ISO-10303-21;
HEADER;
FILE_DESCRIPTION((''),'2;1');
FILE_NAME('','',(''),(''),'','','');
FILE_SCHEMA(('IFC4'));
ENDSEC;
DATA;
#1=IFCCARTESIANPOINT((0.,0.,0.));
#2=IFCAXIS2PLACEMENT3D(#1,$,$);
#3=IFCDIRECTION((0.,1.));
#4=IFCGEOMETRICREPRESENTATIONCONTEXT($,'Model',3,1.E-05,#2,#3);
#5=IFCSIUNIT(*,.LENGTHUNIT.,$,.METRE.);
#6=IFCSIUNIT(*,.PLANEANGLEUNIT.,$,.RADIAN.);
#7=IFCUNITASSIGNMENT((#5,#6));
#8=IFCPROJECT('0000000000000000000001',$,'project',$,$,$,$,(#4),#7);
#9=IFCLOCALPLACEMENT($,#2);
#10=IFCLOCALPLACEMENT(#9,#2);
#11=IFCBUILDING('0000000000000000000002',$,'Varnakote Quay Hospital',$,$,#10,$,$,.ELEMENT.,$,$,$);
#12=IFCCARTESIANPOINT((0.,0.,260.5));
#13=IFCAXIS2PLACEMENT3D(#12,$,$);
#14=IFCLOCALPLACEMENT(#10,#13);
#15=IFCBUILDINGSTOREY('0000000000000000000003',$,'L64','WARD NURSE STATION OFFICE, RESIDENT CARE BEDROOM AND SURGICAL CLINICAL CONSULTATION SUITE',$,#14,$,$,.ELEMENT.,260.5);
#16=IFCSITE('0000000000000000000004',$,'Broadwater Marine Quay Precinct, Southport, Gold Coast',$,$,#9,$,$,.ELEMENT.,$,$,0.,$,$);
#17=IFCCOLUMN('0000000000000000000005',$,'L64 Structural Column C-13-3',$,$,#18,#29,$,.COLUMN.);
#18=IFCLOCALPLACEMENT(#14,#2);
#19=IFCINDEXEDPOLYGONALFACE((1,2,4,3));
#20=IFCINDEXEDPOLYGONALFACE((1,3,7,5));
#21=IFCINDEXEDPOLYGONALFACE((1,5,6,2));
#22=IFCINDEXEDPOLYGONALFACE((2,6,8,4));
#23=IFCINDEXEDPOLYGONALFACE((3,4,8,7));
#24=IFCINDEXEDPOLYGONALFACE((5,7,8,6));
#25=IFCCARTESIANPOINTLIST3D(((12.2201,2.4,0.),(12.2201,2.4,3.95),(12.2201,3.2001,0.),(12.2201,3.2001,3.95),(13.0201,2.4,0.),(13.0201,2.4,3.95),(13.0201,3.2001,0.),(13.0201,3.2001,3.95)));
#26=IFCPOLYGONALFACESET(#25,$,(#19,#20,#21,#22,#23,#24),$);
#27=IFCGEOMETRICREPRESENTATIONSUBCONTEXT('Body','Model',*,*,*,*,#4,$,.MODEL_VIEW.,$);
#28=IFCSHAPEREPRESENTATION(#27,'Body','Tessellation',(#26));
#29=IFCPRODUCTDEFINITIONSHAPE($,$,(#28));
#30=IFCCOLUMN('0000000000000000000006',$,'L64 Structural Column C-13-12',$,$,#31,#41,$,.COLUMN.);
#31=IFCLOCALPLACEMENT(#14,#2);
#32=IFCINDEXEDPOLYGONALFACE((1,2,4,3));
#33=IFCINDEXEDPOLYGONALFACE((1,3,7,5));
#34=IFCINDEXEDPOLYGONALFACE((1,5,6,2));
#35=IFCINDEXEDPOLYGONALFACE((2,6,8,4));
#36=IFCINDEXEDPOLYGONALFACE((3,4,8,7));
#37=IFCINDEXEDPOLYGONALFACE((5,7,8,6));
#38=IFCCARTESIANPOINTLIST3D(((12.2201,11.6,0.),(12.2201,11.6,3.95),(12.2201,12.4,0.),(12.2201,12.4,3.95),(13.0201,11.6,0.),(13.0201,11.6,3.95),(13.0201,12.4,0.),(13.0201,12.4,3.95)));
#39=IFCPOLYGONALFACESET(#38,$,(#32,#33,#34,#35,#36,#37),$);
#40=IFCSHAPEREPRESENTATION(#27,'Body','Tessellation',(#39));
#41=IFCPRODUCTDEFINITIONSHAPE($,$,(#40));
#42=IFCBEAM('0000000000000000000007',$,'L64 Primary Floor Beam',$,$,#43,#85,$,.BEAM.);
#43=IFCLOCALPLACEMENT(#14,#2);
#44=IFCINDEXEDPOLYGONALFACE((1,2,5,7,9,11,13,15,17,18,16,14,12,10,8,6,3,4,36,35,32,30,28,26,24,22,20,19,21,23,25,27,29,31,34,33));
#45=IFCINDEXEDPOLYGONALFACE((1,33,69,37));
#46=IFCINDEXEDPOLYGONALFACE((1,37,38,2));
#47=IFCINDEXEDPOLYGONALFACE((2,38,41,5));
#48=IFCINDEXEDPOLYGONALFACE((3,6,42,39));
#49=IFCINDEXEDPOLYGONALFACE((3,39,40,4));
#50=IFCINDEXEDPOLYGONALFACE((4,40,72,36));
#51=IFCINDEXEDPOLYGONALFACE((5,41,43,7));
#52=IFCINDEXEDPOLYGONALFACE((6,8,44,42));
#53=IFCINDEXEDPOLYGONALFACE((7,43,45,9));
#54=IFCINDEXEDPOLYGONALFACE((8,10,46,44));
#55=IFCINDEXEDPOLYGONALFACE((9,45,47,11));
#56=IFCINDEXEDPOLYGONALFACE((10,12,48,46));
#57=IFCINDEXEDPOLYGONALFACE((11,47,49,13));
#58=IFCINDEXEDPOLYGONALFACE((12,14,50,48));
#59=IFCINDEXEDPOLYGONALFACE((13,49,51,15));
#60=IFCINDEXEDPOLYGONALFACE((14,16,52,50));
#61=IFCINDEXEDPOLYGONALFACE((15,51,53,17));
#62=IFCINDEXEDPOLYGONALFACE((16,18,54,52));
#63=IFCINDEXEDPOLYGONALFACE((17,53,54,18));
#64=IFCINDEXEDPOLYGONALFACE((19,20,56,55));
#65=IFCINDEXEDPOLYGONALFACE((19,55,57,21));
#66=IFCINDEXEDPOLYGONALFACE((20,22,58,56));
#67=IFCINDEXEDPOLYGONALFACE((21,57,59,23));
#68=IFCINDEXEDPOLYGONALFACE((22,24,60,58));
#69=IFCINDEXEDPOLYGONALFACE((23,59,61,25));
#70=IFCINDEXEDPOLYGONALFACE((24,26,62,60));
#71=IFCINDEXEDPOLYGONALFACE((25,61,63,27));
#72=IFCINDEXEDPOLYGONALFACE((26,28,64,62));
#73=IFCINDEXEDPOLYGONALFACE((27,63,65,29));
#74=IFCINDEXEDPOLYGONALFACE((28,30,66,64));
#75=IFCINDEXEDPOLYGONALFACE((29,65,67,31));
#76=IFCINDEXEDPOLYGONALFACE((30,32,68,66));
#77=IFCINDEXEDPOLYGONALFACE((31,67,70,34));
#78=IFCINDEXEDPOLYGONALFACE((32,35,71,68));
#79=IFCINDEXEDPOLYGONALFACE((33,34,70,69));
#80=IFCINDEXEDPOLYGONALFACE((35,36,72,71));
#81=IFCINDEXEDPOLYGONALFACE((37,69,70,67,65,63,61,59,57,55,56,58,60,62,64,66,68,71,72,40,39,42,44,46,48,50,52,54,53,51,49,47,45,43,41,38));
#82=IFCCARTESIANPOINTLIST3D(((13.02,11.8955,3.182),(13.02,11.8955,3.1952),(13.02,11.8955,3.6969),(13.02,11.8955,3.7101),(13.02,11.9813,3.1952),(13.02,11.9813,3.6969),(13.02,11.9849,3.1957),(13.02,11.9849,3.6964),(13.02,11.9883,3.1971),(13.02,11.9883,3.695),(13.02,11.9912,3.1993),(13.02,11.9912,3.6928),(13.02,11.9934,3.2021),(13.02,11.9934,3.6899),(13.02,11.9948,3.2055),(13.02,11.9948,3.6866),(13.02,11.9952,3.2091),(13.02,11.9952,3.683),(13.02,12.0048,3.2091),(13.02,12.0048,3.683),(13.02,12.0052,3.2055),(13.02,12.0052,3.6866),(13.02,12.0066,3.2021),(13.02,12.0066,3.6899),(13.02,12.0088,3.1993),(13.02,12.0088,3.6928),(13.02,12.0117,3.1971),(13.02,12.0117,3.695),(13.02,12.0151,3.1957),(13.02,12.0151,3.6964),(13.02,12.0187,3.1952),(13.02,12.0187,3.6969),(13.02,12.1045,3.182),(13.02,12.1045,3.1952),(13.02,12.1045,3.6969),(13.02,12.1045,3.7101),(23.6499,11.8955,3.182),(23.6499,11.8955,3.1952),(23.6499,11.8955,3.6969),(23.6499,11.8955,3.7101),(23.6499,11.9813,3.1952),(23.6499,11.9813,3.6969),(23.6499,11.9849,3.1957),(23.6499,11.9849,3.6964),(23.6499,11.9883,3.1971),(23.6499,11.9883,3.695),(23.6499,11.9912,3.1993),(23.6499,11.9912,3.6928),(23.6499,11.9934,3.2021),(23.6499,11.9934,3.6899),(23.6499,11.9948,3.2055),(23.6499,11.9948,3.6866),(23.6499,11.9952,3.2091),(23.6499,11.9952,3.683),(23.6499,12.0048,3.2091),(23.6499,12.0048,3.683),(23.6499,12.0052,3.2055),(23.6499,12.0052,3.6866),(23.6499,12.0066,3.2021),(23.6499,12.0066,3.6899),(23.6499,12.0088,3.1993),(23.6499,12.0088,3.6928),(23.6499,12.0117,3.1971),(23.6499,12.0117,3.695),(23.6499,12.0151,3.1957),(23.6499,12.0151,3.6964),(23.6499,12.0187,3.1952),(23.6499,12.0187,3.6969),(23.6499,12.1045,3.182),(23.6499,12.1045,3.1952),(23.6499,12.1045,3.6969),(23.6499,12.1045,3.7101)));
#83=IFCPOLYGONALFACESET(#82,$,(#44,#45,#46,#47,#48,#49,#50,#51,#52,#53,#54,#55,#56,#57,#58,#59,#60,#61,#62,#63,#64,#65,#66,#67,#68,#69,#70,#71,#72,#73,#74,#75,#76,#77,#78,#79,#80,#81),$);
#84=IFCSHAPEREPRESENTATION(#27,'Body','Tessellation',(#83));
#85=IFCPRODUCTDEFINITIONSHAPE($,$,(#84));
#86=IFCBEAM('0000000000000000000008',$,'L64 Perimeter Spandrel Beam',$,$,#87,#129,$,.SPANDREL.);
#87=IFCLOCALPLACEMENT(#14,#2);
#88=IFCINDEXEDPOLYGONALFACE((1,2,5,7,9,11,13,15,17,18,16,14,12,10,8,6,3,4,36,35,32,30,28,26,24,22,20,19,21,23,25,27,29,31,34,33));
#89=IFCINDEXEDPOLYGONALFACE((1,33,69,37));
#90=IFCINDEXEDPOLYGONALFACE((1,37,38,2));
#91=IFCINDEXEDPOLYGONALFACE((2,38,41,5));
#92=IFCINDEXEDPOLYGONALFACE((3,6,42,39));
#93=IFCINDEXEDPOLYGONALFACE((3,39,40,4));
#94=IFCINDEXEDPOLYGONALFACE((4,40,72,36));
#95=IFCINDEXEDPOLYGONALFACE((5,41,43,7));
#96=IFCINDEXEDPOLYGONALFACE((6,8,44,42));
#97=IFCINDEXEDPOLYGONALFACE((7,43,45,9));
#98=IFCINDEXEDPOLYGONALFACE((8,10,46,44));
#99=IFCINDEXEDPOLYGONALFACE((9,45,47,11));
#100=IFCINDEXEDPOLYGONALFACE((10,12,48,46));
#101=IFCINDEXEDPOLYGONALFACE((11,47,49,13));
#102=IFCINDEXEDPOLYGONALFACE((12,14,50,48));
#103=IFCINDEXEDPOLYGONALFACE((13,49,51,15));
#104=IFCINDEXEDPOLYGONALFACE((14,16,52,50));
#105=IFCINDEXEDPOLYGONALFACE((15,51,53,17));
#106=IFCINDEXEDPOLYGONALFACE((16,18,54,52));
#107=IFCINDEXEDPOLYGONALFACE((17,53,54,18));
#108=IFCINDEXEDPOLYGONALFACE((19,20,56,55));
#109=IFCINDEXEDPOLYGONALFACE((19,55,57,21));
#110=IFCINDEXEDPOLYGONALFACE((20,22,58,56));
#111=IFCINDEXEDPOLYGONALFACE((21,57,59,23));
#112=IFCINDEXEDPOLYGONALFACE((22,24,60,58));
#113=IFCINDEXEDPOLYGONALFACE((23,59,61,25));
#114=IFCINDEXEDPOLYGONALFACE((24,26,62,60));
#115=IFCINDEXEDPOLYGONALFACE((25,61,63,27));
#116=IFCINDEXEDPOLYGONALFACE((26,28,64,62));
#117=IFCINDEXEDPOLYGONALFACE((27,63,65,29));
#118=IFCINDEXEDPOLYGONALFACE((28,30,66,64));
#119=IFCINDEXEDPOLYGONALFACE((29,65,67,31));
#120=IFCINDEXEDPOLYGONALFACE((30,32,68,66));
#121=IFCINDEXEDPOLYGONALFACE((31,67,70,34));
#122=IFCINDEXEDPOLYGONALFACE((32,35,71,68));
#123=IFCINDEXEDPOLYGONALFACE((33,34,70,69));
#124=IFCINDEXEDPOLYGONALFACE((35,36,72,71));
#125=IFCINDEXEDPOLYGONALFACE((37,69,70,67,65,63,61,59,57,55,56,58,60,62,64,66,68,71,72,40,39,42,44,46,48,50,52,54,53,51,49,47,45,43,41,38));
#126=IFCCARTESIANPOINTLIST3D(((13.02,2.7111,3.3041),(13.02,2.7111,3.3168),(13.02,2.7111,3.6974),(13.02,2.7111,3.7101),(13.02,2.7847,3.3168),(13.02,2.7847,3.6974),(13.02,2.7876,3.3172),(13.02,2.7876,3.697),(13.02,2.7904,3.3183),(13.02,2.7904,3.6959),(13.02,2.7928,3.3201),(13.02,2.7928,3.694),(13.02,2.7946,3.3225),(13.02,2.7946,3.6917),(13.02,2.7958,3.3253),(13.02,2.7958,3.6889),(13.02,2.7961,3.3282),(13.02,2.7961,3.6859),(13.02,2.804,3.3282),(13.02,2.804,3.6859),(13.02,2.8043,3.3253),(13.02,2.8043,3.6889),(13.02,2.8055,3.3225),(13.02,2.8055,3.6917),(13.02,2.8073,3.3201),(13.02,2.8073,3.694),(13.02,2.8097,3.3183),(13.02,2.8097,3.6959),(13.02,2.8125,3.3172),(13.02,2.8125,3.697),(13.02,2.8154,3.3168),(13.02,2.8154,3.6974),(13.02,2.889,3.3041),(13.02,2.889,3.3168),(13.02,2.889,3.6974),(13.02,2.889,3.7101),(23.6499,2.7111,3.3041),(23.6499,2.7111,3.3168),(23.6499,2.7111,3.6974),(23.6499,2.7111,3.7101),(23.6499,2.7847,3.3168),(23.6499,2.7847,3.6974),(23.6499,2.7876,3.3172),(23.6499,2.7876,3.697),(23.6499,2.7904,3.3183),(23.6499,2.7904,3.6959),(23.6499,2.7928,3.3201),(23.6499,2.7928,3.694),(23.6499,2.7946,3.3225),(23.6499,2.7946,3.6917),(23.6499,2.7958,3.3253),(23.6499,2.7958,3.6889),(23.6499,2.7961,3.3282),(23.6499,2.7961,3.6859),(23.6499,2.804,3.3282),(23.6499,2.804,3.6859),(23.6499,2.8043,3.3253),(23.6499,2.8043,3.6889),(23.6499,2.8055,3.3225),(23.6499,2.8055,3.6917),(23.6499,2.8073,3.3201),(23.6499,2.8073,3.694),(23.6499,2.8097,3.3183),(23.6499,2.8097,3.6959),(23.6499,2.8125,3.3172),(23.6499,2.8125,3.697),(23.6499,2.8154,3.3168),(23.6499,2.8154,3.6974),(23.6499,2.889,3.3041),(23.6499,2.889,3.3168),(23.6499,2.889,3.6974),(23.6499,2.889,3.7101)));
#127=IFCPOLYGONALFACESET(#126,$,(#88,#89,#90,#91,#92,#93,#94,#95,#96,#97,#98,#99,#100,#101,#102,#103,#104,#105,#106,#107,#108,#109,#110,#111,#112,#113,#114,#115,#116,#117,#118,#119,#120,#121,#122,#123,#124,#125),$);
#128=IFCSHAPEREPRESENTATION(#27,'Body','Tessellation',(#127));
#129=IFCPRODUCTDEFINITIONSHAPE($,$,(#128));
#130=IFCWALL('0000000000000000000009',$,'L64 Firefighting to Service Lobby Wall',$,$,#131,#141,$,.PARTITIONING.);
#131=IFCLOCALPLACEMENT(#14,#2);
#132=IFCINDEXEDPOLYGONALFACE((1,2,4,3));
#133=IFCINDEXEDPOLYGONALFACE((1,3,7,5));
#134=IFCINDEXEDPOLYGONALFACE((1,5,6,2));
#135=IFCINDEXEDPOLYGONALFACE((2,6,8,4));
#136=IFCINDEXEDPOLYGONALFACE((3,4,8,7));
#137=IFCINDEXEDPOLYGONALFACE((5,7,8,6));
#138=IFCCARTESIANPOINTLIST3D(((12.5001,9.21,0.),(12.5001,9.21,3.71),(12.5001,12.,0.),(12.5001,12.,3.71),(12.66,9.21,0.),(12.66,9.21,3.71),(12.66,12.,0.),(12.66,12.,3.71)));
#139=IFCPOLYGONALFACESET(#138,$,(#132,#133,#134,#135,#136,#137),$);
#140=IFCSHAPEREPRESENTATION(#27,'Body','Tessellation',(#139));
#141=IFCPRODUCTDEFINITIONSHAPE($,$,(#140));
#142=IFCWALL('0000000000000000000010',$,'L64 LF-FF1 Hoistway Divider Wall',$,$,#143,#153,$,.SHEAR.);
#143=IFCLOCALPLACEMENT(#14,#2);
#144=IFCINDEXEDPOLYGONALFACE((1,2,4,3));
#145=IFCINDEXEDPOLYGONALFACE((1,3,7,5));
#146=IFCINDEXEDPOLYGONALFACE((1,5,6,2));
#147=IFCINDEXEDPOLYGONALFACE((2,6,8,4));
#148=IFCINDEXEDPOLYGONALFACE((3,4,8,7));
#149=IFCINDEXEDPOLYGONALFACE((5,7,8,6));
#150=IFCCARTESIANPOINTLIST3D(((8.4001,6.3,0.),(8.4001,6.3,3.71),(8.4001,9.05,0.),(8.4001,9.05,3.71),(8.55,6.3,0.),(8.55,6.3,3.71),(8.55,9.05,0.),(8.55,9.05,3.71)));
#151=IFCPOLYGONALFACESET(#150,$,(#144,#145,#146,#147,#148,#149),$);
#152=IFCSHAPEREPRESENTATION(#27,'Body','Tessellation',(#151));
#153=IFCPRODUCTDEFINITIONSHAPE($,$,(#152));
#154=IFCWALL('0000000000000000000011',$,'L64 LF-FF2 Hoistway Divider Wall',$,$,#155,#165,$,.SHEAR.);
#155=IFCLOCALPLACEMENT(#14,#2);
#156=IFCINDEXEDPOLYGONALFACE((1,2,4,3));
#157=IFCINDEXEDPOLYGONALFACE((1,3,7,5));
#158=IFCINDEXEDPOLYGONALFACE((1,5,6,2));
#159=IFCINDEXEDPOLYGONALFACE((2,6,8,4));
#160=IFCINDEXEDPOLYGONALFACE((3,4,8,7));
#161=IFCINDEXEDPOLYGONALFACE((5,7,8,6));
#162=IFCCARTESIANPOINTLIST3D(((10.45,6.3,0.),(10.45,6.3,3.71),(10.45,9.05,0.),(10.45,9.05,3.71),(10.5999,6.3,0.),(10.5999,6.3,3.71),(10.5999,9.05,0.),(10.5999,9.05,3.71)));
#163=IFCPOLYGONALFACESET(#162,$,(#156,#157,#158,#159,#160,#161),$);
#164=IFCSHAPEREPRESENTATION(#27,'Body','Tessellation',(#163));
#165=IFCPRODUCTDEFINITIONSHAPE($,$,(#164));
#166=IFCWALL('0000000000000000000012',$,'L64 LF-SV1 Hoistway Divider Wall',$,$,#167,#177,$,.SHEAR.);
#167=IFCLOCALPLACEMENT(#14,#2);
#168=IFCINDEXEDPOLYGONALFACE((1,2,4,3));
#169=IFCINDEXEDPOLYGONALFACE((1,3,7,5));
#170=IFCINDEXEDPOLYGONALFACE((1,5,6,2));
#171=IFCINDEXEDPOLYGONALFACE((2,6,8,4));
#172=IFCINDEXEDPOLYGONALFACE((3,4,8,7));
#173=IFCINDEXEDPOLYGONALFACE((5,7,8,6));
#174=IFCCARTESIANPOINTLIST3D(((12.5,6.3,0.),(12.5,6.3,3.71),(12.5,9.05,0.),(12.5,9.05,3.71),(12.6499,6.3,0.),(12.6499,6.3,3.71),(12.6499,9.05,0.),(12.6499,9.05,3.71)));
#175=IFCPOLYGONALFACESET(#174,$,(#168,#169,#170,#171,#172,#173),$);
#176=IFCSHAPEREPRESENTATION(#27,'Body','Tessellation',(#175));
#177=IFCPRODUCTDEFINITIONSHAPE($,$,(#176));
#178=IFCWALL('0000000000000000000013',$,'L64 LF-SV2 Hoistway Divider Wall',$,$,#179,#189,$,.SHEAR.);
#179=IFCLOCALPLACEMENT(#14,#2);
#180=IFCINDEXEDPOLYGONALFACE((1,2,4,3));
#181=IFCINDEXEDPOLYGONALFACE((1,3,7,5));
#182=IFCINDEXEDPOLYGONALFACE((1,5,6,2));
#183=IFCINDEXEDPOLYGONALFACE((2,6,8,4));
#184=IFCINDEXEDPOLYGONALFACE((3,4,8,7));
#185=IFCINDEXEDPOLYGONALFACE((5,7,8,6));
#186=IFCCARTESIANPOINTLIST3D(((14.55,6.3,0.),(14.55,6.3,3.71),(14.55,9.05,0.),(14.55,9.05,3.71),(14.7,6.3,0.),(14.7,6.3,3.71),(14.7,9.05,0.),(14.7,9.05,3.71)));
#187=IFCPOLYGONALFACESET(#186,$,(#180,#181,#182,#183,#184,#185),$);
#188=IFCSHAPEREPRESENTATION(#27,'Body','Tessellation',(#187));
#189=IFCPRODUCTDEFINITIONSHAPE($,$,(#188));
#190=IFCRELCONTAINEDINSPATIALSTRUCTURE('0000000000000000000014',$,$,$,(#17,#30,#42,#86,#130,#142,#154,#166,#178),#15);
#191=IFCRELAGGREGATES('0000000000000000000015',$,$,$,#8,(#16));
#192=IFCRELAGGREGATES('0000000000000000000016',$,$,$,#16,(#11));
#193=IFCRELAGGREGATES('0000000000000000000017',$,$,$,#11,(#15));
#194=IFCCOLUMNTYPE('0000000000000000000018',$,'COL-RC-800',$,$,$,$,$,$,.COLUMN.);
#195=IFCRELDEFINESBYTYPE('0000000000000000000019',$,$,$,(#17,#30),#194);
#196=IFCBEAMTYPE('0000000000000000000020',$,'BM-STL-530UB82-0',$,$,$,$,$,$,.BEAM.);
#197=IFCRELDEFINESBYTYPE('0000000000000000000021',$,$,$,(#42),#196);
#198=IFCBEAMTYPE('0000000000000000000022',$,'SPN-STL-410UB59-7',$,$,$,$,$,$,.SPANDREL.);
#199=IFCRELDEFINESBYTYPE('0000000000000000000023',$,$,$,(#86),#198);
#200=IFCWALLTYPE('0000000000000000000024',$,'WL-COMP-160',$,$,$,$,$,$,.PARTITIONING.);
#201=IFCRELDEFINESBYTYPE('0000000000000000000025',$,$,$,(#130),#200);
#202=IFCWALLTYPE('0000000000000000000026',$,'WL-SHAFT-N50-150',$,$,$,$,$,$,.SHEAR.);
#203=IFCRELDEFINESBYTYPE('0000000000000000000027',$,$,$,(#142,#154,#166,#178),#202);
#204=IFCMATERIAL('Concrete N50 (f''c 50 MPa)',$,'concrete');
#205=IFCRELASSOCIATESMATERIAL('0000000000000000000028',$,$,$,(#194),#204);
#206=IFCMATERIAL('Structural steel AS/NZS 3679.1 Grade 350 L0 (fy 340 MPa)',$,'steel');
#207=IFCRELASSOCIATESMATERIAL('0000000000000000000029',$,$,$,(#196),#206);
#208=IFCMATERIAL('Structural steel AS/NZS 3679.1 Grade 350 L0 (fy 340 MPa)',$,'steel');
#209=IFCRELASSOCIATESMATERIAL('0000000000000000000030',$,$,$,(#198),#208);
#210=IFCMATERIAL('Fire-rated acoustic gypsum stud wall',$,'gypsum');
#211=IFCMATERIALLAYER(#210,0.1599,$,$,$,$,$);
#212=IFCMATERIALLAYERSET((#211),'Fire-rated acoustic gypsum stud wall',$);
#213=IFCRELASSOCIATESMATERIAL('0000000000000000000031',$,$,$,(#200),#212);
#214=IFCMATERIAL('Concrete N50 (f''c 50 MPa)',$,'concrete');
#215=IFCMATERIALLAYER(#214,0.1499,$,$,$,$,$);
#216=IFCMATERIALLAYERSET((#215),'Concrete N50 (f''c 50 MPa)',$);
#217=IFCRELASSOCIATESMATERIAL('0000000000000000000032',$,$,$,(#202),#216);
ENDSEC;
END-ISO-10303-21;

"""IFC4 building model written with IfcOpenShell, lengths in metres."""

from ifc_helpers import new_model, si_unit, direction, frame, frame_2d, origin, origin_2d, place, context, subcontext, project, spatial, rectangle, i_section, extrude, material, layer, layer_set, material_profile, profile_set, type_object, element, save


model = new_model("IFC4")

# Units and contexts
model_context = context("Model", 3, precision=1e-05, world=origin(), true_north=direction((0.0, 1.0)))
body_context = subcontext(model_context, "Body", "Model", "MODEL_VIEW")
ifc_project = project(units=[si_unit("LENGTHUNIT", "METRE"), si_unit("PLANEANGLEUNIT", "RADIAN")], contexts=[model_context])

# Site, building, storey
site_placement = place(None, origin())
site = spatial("IfcSite", under=ifc_project, at=site_placement, Name="Broadwater Marine Quay Precinct, Southport, Gold Coast", CompositionType="ELEMENT", RefElevation=0.0)
building_placement = place(site_placement, origin())
building = spatial("IfcBuilding", under=site, at=building_placement, Name="Varnakote Quay Hospital", CompositionType="ELEMENT")
storey_placement = place(building_placement, frame((0.0, 0.0, 260.5)))
storey = spatial("IfcBuildingStorey", under=building, at=storey_placement, Name="L64", Description="WARD NURSE STATION OFFICE, RESIDENT CARE BEDROOM AND SURGICAL CLINICAL CONSULTATION SUITE", CompositionType="ELEMENT", Elevation=260.5)

# Columns
ifc_material_1 = material(Name="Concrete N50 (f'c 50 MPa)", Category="concrete")
ifc_material_profile_1 = material_profile(ifc_material_1, rectangle(XDim=0.8, YDim=0.8, at=origin_2d()), Name="RC-COL-800x800")
ifc_profile_set_1 = profile_set([ifc_material_profile_1], Name="Concrete N50 (f'c 50 MPa)")
column_type = type_object("IfcColumnType", Name="COL-RC-800", PredefinedType="COLUMN", material=ifc_profile_set_1)
for number, where, z_axis, x_axis, name in (
    (1, (12.6201, 2.8, 0.0), (0.0, 0.0, 1.0), (1.0, 0.0, 0.0), "L64 Structural Column C-13-3"),
    (2, (12.6201, 12.0, 0.0), (0.0, 0.0, 1.0), (1.0, 0.0, 0.0), "L64 Structural Column C-13-12"),
):
    element("IfcColumn", number, at=place(storey_placement, frame(where, z_axis=z_axis, x_axis=x_axis)), inside=storey, type_object=column_type, Name=name, PredefinedType="COLUMN", context=body_context, shape_type="SweptSolid", body=[
        extrude(rectangle(XDim=0.8, YDim=0.8, at=origin_2d()), origin(), (0.0, 0.0, 1.0), 3.95),
    ])

# Beams
ifc_material_2 = material(Name="Structural steel AS/NZS 3679.1 Grade 350 L0 (fy 340 MPa)", Category="steel")
ifc_material_profile_2 = material_profile(ifc_material_2, i_section(OverallWidth=0.209, OverallDepth=0.5281, WebThickness=0.0095, FlangeThickness=0.0132, FilletRadius=0.0139, at=origin_2d()), Name="530UB82.0")
ifc_profile_set_2 = profile_set([ifc_material_profile_2], Name="Structural steel AS/NZS 3679.1 Grade 350 L0 (fy 340 MPa)")
beam_type_1 = type_object("IfcBeamType", Name="BM-STL-530UB82-0", PredefinedType="BEAM", material=ifc_profile_set_2)
beam_1_placement = place(storey_placement, frame((13.02, 12.0, 3.446), z_axis=(1.0, 0.0, 0.0), x_axis=(0.0, 1.0, 0.0)))
element("IfcBeam", 3, at=beam_1_placement, inside=storey, type_object=beam_type_1, Name="L64 Primary Floor Beam", PredefinedType="BEAM", context=body_context, shape_type="SweptSolid", body=[
    extrude(i_section(OverallWidth=0.209, OverallDepth=0.5281, WebThickness=0.0095, FlangeThickness=0.0132, FilletRadius=0.0139, at=origin_2d()), origin(), (0.0, 0.0, 1.0), 10.6299),
])
ifc_material_3 = material(Name="Structural steel AS/NZS 3679.1 Grade 350 L0 (fy 340 MPa)", Category="steel")
ifc_material_profile_3 = material_profile(ifc_material_3, i_section(OverallWidth=0.178, OverallDepth=0.406, WebThickness=0.0078, FlangeThickness=0.0127, FilletRadius=0.0115, at=origin_2d()), Name="410UB59.7")
ifc_profile_set_3 = profile_set([ifc_material_profile_3], Name="Structural steel AS/NZS 3679.1 Grade 350 L0 (fy 340 MPa)")
beam_type_2 = type_object("IfcBeamType", Name="SPN-STL-410UB59-7", PredefinedType="SPANDREL", material=ifc_profile_set_3)
beam_2_placement = place(storey_placement, frame((13.02, 2.8, 3.5071), z_axis=(1.0, 0.0, 0.0), x_axis=(0.0, 1.0, 0.0)))
element("IfcBeam", 4, at=beam_2_placement, inside=storey, type_object=beam_type_2, Name="L64 Perimeter Spandrel Beam", PredefinedType="SPANDREL", context=body_context, shape_type="SweptSolid", body=[
    extrude(i_section(OverallWidth=0.178, OverallDepth=0.406, WebThickness=0.0078, FlangeThickness=0.0127, FilletRadius=0.0115, at=origin_2d()), origin(), (0.0, 0.0, 1.0), 10.6299),
])

# Walls
ifc_material_4 = material(Name="Fire-rated acoustic gypsum stud wall", Category="gypsum")
ifc_layer_1 = layer(ifc_material_4, 0.1599)
ifc_layer_set_1 = layer_set([ifc_layer_1], Name="Fire-rated acoustic gypsum stud wall")
wall_type_1 = type_object("IfcWallType", Name="WL-COMP-160", PredefinedType="PARTITIONING", material=ifc_layer_set_1)
wall_1_placement = place(storey_placement, frame((12.5801, 9.21, 0.0), z_axis=(0.0, 0.0, 1.0), x_axis=(0.0, 1.0, 0.0)))
element("IfcWall", 5, at=wall_1_placement, inside=storey, type_object=wall_type_1, Name="L64 Firefighting to Service Lobby Wall", PredefinedType="PARTITIONING", context=body_context, shape_type="SweptSolid", body=[
    extrude(rectangle(XDim=2.79, YDim=0.1599, at=frame_2d((1.395, 0.0))), origin(), (0.0, 0.0, 1.0), 3.71),
])
ifc_material_5 = material(Name="Concrete N50 (f'c 50 MPa)", Category="concrete")
ifc_layer_2 = layer(ifc_material_5, 0.1499)
ifc_layer_set_2 = layer_set([ifc_layer_2], Name="Concrete N50 (f'c 50 MPa)")
wall_type_2 = type_object("IfcWallType", Name="WL-SHAFT-N50-150", PredefinedType="SHEAR", material=ifc_layer_set_2)
for number, where, z_axis, x_axis, name in (
    (6, (8.4751, 6.3, 0.0), (0.0, 0.0, 1.0), (0.0, 1.0, 0.0), "L64 LF-FF1 Hoistway Divider Wall"),
    (7, (10.5249, 6.3, 0.0), (0.0, 0.0, 1.0), (0.0, 1.0, 0.0), "L64 LF-FF2 Hoistway Divider Wall"),
    (8, (12.575, 6.3, 0.0), (0.0, 0.0, 1.0), (0.0, 1.0, 0.0), "L64 LF-SV1 Hoistway Divider Wall"),
    (9, (14.625, 6.3, 0.0), (0.0, 0.0, 1.0), (0.0, 1.0, 0.0), "L64 LF-SV2 Hoistway Divider Wall"),
):
    element("IfcWall", number, at=place(storey_placement, frame(where, z_axis=z_axis, x_axis=x_axis)), inside=storey, type_object=wall_type_2, Name=name, PredefinedType="SHEAR", context=body_context, shape_type="SweptSolid", body=[
        extrude(rectangle(XDim=2.75, YDim=0.1499, at=frame_2d((1.375, 0.0))), origin(), (0.0, 0.0, 1.0), 3.71),
    ])

save(model, "model.ifc")
